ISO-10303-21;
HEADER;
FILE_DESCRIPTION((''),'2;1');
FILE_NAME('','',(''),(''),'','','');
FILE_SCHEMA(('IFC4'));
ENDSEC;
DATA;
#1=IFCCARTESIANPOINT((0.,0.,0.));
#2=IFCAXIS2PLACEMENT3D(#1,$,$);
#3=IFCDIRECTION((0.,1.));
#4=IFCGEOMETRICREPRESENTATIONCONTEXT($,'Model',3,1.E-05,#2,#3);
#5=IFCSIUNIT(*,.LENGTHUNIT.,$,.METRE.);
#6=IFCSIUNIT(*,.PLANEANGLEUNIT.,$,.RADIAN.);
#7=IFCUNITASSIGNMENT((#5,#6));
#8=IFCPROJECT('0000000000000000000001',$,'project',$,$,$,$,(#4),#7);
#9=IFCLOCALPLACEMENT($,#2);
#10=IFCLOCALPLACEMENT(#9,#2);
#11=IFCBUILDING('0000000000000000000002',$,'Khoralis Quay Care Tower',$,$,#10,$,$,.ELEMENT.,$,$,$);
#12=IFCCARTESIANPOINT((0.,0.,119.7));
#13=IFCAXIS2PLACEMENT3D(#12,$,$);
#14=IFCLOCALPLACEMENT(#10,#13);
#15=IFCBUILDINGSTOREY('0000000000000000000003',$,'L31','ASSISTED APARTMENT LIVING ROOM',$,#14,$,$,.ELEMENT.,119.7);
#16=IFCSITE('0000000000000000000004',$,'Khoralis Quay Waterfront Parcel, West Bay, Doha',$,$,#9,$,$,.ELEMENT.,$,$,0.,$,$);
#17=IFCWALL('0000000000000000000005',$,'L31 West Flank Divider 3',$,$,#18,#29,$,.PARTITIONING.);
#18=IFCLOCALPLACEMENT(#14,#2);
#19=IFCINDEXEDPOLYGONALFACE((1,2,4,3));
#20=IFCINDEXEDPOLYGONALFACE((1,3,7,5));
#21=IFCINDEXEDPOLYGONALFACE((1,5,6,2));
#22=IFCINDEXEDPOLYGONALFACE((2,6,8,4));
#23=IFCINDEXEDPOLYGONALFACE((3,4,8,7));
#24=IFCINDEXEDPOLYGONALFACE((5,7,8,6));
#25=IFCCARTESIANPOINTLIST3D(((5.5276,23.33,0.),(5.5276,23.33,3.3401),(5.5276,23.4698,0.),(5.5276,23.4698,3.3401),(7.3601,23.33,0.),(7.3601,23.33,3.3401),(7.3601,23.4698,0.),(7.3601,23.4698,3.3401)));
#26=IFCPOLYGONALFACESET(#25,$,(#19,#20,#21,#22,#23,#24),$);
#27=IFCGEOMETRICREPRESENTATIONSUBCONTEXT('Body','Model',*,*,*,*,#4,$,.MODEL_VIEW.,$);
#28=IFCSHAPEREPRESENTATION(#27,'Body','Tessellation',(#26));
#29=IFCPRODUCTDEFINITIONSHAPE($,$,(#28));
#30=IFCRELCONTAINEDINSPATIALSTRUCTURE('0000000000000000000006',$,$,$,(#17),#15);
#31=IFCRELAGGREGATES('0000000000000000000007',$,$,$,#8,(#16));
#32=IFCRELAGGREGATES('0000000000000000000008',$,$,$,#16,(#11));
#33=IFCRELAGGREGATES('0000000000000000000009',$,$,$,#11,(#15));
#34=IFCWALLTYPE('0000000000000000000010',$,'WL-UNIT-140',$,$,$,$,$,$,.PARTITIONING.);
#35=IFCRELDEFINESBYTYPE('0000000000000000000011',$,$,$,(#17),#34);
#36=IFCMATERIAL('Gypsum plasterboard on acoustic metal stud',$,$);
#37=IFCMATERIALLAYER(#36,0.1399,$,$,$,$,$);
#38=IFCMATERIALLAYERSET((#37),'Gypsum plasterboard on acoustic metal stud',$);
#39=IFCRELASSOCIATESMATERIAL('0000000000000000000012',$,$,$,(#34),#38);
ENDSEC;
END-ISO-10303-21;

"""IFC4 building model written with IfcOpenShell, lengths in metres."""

from ifc_helpers import new_model, si_unit, direction, frame, frame_2d, origin, place, context, subcontext, project, spatial, rectangle, extrude, material, layer, layer_set, type_object, element, save


model = new_model("IFC4")

# Units and contexts
model_context = context("Model", 3, precision=1e-05, world=origin(), true_north=direction((0.0, 1.0)))
body_context = subcontext(model_context, "Body", "Model", "MODEL_VIEW")
ifc_project = project(units=[si_unit("LENGTHUNIT", "METRE"), si_unit("PLANEANGLEUNIT", "RADIAN")], contexts=[model_context])

# Site, building, storey
site_placement = place(None, origin())
site = spatial("IfcSite", under=ifc_project, at=site_placement, Name="Khoralis Quay Waterfront Parcel, West Bay, Doha", CompositionType="ELEMENT", RefElevation=0.0)
building_placement = place(site_placement, origin())
building = spatial("IfcBuilding", under=site, at=building_placement, Name="Khoralis Quay Care Tower", CompositionType="ELEMENT")
storey_placement = place(building_placement, frame((0.0, 0.0, 119.7)))
storey = spatial("IfcBuildingStorey", under=building, at=storey_placement, Name="L31", Description="ASSISTED APARTMENT LIVING ROOM", CompositionType="ELEMENT", Elevation=119.7)

# Shared definitions
ifc_material_1 = material(Name="Gypsum plasterboard on acoustic metal stud")

# Wall
ifc_layer_1 = layer(ifc_material_1, 0.1399)
ifc_layer_set_1 = layer_set([ifc_layer_1], Name="Gypsum plasterboard on acoustic metal stud")
wall_type_1 = type_object("IfcWallType", Name="WL-UNIT-140", PredefinedType="PARTITIONING", material=ifc_layer_set_1)
for number, where, z_axis, x_axis, name in (
    (1, (5.5276, 23.3999, 0.0), (0.0, 0.0, 1.0), (1.0, 0.0, 0.0), "L31 West Flank Divider 3"),
):
    element("IfcWall", number, at=place(storey_placement, frame(where, z_axis=z_axis, x_axis=x_axis)), inside=storey, type_object=wall_type_1, Name=name, PredefinedType="PARTITIONING", context=body_context, shape_type="SweptSolid", body=[
        extrude(rectangle(XDim=1.8325, YDim=0.1399, at=frame_2d((0.9163, 0.0))), origin(), (0.0, 0.0, 1.0), 3.3401),
    ])

save(model, "model.ifc")
